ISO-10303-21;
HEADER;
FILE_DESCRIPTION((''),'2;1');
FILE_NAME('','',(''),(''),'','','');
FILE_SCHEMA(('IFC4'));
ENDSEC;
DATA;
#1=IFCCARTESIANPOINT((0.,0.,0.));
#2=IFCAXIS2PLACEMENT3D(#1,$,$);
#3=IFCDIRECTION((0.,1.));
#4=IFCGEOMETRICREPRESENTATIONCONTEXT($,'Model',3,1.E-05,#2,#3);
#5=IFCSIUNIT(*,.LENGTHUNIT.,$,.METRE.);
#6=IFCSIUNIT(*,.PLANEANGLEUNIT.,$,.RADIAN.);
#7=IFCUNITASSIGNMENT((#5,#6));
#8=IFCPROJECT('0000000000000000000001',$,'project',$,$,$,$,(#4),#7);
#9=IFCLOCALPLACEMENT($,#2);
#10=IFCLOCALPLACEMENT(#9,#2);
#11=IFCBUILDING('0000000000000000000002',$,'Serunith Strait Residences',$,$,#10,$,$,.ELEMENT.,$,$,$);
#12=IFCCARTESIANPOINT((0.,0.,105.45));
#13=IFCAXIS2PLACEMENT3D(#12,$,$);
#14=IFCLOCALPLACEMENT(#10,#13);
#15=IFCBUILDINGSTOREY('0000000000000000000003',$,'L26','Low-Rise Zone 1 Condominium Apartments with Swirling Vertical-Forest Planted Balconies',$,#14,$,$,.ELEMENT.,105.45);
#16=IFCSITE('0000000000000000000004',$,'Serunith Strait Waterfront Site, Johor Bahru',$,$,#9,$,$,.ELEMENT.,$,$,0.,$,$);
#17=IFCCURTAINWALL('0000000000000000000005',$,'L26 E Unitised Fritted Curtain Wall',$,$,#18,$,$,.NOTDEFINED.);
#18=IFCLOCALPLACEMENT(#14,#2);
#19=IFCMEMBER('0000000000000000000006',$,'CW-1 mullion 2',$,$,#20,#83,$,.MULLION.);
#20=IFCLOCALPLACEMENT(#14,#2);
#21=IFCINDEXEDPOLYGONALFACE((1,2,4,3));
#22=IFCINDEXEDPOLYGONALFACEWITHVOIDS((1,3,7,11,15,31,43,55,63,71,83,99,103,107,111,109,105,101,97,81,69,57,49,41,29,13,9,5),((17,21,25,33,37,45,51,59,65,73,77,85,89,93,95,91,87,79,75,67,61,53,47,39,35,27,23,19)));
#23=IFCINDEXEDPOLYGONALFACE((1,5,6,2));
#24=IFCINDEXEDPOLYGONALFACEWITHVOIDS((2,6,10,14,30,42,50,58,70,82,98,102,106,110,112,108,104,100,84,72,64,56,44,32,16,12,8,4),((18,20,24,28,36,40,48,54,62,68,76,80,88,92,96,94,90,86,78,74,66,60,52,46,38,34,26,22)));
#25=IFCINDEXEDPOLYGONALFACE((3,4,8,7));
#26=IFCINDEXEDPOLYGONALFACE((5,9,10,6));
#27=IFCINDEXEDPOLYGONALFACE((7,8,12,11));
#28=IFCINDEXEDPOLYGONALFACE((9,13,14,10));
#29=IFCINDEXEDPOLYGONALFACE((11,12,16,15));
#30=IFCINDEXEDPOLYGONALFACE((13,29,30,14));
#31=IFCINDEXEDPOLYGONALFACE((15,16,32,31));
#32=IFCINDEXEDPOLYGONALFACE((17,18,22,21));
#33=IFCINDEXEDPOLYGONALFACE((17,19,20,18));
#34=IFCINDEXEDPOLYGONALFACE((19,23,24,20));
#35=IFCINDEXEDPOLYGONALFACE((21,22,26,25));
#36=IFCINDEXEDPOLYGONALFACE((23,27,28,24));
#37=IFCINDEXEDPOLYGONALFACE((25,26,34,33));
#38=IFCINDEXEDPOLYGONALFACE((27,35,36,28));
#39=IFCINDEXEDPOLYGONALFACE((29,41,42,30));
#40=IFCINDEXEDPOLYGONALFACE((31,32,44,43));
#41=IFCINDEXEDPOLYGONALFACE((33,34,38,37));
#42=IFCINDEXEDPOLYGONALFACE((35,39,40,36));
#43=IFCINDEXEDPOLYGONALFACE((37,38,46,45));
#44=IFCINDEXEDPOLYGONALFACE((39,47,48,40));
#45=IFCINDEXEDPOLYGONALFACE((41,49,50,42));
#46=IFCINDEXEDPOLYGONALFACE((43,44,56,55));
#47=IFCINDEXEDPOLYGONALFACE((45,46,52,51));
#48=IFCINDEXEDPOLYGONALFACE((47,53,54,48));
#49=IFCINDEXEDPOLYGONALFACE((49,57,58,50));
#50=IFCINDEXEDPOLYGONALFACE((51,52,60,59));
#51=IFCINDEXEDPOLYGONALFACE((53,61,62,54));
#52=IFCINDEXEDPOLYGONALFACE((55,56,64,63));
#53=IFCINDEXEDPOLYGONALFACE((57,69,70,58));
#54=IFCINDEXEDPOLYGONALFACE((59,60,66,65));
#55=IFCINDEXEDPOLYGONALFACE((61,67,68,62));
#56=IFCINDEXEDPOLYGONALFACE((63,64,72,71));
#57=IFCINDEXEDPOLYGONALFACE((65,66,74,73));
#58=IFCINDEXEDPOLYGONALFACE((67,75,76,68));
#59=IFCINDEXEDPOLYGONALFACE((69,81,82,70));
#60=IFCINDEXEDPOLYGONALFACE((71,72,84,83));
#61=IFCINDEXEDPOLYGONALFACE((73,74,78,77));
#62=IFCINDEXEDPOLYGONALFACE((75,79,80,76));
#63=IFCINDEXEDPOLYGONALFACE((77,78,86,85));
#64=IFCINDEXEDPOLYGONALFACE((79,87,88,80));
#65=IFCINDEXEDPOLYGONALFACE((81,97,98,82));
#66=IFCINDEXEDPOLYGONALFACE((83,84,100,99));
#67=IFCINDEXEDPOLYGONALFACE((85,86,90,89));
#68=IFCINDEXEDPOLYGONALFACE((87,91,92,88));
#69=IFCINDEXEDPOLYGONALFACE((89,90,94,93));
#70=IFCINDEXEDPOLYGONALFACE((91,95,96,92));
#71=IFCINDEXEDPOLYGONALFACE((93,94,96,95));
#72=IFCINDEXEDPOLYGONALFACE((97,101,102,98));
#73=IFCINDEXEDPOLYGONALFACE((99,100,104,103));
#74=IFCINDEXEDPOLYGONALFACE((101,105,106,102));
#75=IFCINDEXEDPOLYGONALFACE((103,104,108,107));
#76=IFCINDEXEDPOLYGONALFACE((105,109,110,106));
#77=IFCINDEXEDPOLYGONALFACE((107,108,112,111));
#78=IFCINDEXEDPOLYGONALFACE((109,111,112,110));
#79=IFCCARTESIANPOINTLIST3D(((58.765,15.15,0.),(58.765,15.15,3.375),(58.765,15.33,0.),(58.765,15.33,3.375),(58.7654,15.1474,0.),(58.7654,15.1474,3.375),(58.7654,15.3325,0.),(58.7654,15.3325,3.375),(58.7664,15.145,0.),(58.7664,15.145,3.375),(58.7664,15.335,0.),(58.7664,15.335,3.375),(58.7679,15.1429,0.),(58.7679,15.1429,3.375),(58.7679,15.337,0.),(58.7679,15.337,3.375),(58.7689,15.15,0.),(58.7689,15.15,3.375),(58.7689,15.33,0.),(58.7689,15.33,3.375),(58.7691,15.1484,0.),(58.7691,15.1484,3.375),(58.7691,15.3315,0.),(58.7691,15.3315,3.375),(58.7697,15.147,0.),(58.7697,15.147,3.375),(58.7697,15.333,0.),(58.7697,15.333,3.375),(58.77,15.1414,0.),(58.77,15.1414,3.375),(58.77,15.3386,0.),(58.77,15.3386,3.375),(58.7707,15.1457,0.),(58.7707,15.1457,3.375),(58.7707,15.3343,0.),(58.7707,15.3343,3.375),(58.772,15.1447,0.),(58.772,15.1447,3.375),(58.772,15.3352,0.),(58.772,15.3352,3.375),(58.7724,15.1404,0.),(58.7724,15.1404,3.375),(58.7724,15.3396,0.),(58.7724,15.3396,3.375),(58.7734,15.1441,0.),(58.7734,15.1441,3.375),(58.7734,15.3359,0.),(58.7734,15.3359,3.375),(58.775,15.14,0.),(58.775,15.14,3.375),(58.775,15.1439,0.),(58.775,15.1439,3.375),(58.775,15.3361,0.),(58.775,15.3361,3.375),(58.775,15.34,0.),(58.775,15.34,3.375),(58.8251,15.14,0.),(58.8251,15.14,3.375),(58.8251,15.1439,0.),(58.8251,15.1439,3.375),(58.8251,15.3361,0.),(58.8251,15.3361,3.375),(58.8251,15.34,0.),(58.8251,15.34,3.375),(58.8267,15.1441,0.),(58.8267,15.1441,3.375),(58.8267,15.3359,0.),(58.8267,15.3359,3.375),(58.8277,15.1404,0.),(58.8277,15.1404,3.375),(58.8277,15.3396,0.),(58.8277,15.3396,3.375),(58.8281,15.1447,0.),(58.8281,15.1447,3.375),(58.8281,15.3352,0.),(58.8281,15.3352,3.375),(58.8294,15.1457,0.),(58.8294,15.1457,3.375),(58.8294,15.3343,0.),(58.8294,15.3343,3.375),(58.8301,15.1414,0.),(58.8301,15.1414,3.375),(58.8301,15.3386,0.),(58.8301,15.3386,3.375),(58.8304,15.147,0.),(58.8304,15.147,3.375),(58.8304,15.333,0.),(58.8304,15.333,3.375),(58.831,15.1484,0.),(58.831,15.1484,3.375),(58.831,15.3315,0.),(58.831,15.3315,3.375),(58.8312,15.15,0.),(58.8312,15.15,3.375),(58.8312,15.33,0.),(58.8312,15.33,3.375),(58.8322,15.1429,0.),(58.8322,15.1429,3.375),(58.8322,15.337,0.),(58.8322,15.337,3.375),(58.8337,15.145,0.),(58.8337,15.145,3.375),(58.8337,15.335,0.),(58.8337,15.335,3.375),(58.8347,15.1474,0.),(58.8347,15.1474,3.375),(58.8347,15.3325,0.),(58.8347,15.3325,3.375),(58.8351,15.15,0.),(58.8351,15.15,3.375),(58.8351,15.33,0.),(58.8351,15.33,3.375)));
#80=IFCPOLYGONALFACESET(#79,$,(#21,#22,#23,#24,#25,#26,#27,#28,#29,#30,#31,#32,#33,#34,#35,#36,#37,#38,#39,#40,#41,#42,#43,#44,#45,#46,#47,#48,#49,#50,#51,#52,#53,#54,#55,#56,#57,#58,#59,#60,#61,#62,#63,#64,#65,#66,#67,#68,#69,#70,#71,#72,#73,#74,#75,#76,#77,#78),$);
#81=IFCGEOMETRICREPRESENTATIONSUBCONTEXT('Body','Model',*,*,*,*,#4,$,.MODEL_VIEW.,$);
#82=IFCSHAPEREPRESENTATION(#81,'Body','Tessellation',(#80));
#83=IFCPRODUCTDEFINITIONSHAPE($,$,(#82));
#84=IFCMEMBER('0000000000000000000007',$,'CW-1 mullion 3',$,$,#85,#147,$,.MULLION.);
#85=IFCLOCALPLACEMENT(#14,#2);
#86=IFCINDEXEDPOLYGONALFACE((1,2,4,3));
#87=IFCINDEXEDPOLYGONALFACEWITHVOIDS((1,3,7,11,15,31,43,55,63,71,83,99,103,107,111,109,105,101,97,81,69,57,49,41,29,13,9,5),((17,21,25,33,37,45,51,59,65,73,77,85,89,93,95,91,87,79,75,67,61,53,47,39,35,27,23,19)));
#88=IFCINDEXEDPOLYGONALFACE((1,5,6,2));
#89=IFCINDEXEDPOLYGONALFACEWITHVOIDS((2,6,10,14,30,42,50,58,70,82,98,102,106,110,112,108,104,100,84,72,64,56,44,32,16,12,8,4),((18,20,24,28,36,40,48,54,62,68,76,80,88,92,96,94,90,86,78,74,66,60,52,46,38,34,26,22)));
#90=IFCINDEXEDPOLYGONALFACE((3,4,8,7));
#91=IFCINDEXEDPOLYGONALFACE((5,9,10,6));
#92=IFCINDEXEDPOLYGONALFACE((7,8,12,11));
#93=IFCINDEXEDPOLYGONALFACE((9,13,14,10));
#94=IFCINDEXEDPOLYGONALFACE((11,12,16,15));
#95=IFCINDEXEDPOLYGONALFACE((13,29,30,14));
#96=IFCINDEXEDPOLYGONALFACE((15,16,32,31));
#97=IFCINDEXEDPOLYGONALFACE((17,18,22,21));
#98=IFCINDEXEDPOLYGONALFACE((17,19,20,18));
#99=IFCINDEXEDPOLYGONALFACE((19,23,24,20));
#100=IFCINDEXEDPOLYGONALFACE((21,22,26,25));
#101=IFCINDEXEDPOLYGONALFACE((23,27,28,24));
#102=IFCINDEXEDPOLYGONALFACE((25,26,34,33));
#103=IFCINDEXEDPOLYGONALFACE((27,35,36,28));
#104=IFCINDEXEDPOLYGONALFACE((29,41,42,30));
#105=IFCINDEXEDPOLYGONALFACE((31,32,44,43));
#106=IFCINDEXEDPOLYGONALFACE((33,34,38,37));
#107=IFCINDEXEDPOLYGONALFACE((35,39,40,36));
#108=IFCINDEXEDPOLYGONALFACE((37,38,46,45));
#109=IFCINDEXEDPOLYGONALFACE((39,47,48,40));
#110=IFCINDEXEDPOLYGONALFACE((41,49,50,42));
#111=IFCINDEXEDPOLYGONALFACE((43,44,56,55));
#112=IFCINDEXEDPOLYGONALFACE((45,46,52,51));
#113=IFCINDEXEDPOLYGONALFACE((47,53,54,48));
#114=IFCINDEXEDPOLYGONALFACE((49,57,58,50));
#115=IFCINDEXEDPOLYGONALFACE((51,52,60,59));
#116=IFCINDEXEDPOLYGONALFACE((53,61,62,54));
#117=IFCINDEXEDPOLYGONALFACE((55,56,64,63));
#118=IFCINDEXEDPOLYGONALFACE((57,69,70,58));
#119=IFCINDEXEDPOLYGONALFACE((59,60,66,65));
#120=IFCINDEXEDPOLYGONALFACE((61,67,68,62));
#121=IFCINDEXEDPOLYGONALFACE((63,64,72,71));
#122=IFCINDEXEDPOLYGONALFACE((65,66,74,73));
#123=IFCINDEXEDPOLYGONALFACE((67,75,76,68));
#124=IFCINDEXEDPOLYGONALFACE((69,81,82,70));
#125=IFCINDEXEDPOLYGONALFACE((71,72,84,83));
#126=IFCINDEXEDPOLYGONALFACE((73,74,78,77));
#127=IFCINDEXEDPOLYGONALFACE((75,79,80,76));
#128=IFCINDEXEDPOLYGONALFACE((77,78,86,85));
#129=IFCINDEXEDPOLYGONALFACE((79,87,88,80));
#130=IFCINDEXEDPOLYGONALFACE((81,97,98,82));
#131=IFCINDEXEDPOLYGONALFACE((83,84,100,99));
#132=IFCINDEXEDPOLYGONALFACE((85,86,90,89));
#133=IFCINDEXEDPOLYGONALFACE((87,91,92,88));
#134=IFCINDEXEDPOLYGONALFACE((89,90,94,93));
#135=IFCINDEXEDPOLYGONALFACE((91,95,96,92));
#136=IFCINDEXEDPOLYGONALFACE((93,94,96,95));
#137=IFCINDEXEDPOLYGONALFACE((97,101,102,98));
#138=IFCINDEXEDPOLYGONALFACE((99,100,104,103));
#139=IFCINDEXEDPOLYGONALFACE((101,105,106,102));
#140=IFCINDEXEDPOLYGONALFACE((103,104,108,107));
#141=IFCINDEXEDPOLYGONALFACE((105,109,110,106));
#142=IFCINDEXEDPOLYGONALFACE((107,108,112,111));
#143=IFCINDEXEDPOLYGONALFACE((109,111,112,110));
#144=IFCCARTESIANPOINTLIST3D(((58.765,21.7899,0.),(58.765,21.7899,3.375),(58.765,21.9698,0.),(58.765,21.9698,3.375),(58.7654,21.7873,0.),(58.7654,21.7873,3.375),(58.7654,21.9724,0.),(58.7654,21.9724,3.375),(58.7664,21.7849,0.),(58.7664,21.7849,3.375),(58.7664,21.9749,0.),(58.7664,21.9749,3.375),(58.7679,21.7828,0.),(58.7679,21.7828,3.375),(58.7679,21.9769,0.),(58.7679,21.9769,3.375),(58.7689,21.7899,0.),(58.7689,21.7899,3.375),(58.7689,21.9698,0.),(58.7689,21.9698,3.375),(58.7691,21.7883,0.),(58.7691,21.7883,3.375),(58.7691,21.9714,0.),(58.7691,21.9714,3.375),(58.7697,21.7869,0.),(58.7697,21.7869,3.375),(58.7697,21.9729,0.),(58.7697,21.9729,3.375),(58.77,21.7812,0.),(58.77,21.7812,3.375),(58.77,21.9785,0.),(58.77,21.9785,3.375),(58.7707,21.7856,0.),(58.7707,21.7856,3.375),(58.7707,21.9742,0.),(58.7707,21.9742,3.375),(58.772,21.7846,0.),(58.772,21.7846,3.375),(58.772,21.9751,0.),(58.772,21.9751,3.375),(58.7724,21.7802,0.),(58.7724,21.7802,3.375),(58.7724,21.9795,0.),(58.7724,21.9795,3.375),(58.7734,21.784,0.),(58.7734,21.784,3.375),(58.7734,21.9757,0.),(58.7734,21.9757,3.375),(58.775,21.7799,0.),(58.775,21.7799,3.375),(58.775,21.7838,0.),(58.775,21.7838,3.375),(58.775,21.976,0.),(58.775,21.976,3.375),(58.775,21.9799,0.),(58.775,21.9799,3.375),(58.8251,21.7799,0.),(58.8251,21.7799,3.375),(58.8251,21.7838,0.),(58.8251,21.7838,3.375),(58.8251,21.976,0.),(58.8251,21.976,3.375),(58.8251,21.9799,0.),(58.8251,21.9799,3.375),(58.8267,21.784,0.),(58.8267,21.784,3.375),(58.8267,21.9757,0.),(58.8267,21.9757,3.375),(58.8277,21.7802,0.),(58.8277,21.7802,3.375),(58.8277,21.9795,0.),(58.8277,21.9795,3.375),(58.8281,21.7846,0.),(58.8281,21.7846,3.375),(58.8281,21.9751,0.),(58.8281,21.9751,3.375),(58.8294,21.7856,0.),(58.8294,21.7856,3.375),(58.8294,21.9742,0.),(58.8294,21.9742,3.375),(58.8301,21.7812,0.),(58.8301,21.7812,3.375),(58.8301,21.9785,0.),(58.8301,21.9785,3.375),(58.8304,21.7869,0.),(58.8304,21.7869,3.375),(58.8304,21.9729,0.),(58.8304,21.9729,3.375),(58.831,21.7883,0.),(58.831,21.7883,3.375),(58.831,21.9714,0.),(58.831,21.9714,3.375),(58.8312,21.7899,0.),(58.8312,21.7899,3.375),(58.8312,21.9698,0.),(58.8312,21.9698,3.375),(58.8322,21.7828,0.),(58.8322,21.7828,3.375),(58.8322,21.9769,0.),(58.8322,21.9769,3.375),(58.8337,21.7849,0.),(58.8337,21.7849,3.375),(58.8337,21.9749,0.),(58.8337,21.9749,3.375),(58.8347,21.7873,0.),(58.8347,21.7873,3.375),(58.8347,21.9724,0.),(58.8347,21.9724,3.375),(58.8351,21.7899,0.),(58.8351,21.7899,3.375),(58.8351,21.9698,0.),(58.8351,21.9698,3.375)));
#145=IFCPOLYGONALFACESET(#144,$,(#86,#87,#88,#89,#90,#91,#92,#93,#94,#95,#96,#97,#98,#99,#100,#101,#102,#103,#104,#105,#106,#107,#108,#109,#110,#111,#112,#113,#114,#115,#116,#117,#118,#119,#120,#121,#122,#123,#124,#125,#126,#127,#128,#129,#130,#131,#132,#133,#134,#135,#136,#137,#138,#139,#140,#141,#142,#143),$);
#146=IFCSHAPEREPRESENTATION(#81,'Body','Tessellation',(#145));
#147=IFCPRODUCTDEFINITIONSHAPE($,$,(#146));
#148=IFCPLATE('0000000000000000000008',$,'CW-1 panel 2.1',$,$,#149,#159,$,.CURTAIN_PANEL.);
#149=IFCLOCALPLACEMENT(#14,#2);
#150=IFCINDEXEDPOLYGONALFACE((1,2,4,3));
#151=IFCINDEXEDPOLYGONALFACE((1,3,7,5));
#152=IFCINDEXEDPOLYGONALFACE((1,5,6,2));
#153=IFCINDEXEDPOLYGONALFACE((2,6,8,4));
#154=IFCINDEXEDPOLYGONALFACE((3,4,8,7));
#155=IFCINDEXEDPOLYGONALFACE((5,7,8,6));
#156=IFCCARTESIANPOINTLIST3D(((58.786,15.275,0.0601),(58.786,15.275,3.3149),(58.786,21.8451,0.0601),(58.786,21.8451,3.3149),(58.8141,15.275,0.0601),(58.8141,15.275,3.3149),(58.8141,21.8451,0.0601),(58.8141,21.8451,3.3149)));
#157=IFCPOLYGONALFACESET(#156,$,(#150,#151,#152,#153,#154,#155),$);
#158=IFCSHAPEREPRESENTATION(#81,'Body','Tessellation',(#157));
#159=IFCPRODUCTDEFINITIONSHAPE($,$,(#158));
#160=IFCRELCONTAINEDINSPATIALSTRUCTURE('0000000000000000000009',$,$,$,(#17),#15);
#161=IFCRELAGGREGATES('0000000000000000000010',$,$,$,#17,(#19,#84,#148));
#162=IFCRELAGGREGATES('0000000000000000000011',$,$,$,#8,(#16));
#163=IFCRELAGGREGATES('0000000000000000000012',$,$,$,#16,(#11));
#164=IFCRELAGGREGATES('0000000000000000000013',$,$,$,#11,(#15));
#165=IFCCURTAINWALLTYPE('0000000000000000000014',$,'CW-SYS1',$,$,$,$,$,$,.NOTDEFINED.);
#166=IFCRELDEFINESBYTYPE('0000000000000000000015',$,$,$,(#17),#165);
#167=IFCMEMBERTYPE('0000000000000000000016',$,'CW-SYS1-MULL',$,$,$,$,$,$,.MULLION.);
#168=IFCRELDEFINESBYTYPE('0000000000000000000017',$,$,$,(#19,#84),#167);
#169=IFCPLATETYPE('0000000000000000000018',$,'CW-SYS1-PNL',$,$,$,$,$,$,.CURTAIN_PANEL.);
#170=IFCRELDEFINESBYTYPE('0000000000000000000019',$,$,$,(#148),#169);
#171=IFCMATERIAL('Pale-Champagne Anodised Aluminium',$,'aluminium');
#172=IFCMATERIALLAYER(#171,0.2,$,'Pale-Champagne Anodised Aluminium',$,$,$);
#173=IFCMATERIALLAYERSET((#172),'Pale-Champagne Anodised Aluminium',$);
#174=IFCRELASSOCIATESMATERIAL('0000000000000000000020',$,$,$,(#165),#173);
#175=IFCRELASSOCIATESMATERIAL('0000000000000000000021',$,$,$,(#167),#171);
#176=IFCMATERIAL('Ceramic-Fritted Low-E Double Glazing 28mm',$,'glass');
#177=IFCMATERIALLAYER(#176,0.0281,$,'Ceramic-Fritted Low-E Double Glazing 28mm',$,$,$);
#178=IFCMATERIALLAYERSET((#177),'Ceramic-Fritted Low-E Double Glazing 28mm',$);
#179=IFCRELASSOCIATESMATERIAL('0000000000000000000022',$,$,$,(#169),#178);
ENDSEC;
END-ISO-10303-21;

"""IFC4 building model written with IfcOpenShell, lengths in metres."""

from ifc_helpers import new_model, si_unit, direction, frame, origin, origin_2d, place, context, subcontext, project, spatial, rectangle, hollow_rectangle, extrude, source, transform, mapped, material, layer, layer_set, material_profile, profile_set, type_object, element, aggregate, save


model = new_model("IFC4")

# Units and contexts
model_context = context("Model", 3, precision=1e-05, world=origin(), true_north=direction((0.0, 1.0)))
body_context = subcontext(model_context, "Body", "Model", "MODEL_VIEW")
ifc_project = project(units=[si_unit("LENGTHUNIT", "METRE"), si_unit("PLANEANGLEUNIT", "RADIAN")], contexts=[model_context])

# Site, building, storey
site_placement = place(None, origin())
site = spatial("IfcSite", under=ifc_project, at=site_placement, Name="Serunith Strait Waterfront Site, Johor Bahru", CompositionType="ELEMENT", RefElevation=0.0)
building_placement = place(site_placement, origin())
building = spatial("IfcBuilding", under=site, at=building_placement, Name="Serunith Strait Residences", CompositionType="ELEMENT")
storey_placement = place(building_placement, frame((0.0, 0.0, 105.45)))
storey = spatial("IfcBuildingStorey", under=building, at=storey_placement, Name="L26", Description="Low-Rise Zone 1 Condominium Apartments with Swirling Vertical-Forest Planted Balconies", CompositionType="ELEMENT", Elevation=105.45)

# Curtain wall, members, plate
ifc_material_1 = material(Name="Pale-Champagne Anodised Aluminium", Category="aluminium")
ifc_layer_1 = layer(ifc_material_1, 0.2, Name="Pale-Champagne Anodised Aluminium")
ifc_layer_set_1 = layer_set([ifc_layer_1], Name="Pale-Champagne Anodised Aluminium")
curtain_wall_type = type_object("IfcCurtainWallType", Name="CW-SYS1", PredefinedType="NOTDEFINED", material=ifc_layer_set_1)
curtain_wall_placement = place(storey_placement, origin())
curtain_wall = element("IfcCurtainWall", 1, at=curtain_wall_placement, inside=storey, type_object=curtain_wall_type, Name="L26 E Unitised Fritted Curtain Wall", PredefinedType="NOTDEFINED")
ifc_material_profile_1 = material_profile(ifc_material_1, hollow_rectangle(XDim=0.0701, YDim=0.2, WallThickness=0.0039, InnerFilletRadius=0.0061, OuterFilletRadius=0.01, at=origin_2d()), Name="ALU 200x70x4")
ifc_profile_set_1 = profile_set([ifc_material_profile_1], Name="Pale-Champagne Anodised Aluminium")
member_type_1 = type_object("IfcMemberType", Name="CW-SYS1-MULL", PredefinedType="MULLION", material=ifc_profile_set_1)
shared_shape_1 = source(origin(), body_context, "Body", "SweptSolid", [
    extrude(hollow_rectangle(XDim=0.0701, YDim=0.2, WallThickness=0.0039, InnerFilletRadius=0.0061, OuterFilletRadius=0.01, at=origin_2d()), origin(), (0.0, 0.0, 1.0), 3.375),
])
member_1_placement = place(storey_placement, frame((58.8, 15.24, 0.0), z_axis=(0.0, 0.0, 1.0), x_axis=(-1.0, 0.0, 0.0)))
member_1 = element("IfcMember", 2, at=member_1_placement, type_object=member_type_1, Name="CW-1 mullion 2", PredefinedType="MULLION", context=body_context, shape_type="MappedRepresentation", body=[
    mapped(shared_shape_1, transform((0.0, 0.0, 0.0), scale=1.0)),
])
member_2_placement = place(storey_placement, frame((58.8, 21.8799, 0.0), z_axis=(0.0, 0.0, 1.0), x_axis=(-1.0, 0.0, 0.0)))
member_2 = element("IfcMember", 3, at=member_2_placement, type_object=member_type_1, Name="CW-1 mullion 3", PredefinedType="MULLION", context=body_context, shape_type="MappedRepresentation", body=[
    mapped(shared_shape_1, transform((0.0, 0.0, 0.0), scale=1.0)),
])
ifc_material_2 = material(Name="Ceramic-Fritted Low-E Double Glazing 28mm", Category="glass")
ifc_layer_2 = layer(ifc_material_2, 0.0281, Name="Ceramic-Fritted Low-E Double Glazing 28mm")
ifc_layer_set_2 = layer_set([ifc_layer_2], Name="Ceramic-Fritted Low-E Double Glazing 28mm")
plate_type = type_object("IfcPlateType", Name="CW-SYS1-PNL", PredefinedType="CURTAIN_PANEL", material=ifc_layer_set_2)
shared_shape_2 = source(origin(), body_context, "Body", "SweptSolid", [
    extrude(rectangle(XDim=6.5701, YDim=0.0281, at=origin_2d()), origin(), (0.0, 0.0, 1.0), 3.2549),
])
plate_placement = place(storey_placement, frame((58.8, 18.5601, 0.0601), z_axis=(0.0, 0.0, 1.0), x_axis=(0.0, 1.0, 0.0)))
plate = element("IfcPlate", 4, at=plate_placement, type_object=plate_type, Name="CW-1 panel 2.1", PredefinedType="CURTAIN_PANEL", context=body_context, shape_type="MappedRepresentation", body=[
    mapped(shared_shape_2, transform((0.0, 0.0, 0.0), scale=1.0)),
])
aggregate(curtain_wall, [member_1, member_2, plate])

save(model, "model.ifc")
